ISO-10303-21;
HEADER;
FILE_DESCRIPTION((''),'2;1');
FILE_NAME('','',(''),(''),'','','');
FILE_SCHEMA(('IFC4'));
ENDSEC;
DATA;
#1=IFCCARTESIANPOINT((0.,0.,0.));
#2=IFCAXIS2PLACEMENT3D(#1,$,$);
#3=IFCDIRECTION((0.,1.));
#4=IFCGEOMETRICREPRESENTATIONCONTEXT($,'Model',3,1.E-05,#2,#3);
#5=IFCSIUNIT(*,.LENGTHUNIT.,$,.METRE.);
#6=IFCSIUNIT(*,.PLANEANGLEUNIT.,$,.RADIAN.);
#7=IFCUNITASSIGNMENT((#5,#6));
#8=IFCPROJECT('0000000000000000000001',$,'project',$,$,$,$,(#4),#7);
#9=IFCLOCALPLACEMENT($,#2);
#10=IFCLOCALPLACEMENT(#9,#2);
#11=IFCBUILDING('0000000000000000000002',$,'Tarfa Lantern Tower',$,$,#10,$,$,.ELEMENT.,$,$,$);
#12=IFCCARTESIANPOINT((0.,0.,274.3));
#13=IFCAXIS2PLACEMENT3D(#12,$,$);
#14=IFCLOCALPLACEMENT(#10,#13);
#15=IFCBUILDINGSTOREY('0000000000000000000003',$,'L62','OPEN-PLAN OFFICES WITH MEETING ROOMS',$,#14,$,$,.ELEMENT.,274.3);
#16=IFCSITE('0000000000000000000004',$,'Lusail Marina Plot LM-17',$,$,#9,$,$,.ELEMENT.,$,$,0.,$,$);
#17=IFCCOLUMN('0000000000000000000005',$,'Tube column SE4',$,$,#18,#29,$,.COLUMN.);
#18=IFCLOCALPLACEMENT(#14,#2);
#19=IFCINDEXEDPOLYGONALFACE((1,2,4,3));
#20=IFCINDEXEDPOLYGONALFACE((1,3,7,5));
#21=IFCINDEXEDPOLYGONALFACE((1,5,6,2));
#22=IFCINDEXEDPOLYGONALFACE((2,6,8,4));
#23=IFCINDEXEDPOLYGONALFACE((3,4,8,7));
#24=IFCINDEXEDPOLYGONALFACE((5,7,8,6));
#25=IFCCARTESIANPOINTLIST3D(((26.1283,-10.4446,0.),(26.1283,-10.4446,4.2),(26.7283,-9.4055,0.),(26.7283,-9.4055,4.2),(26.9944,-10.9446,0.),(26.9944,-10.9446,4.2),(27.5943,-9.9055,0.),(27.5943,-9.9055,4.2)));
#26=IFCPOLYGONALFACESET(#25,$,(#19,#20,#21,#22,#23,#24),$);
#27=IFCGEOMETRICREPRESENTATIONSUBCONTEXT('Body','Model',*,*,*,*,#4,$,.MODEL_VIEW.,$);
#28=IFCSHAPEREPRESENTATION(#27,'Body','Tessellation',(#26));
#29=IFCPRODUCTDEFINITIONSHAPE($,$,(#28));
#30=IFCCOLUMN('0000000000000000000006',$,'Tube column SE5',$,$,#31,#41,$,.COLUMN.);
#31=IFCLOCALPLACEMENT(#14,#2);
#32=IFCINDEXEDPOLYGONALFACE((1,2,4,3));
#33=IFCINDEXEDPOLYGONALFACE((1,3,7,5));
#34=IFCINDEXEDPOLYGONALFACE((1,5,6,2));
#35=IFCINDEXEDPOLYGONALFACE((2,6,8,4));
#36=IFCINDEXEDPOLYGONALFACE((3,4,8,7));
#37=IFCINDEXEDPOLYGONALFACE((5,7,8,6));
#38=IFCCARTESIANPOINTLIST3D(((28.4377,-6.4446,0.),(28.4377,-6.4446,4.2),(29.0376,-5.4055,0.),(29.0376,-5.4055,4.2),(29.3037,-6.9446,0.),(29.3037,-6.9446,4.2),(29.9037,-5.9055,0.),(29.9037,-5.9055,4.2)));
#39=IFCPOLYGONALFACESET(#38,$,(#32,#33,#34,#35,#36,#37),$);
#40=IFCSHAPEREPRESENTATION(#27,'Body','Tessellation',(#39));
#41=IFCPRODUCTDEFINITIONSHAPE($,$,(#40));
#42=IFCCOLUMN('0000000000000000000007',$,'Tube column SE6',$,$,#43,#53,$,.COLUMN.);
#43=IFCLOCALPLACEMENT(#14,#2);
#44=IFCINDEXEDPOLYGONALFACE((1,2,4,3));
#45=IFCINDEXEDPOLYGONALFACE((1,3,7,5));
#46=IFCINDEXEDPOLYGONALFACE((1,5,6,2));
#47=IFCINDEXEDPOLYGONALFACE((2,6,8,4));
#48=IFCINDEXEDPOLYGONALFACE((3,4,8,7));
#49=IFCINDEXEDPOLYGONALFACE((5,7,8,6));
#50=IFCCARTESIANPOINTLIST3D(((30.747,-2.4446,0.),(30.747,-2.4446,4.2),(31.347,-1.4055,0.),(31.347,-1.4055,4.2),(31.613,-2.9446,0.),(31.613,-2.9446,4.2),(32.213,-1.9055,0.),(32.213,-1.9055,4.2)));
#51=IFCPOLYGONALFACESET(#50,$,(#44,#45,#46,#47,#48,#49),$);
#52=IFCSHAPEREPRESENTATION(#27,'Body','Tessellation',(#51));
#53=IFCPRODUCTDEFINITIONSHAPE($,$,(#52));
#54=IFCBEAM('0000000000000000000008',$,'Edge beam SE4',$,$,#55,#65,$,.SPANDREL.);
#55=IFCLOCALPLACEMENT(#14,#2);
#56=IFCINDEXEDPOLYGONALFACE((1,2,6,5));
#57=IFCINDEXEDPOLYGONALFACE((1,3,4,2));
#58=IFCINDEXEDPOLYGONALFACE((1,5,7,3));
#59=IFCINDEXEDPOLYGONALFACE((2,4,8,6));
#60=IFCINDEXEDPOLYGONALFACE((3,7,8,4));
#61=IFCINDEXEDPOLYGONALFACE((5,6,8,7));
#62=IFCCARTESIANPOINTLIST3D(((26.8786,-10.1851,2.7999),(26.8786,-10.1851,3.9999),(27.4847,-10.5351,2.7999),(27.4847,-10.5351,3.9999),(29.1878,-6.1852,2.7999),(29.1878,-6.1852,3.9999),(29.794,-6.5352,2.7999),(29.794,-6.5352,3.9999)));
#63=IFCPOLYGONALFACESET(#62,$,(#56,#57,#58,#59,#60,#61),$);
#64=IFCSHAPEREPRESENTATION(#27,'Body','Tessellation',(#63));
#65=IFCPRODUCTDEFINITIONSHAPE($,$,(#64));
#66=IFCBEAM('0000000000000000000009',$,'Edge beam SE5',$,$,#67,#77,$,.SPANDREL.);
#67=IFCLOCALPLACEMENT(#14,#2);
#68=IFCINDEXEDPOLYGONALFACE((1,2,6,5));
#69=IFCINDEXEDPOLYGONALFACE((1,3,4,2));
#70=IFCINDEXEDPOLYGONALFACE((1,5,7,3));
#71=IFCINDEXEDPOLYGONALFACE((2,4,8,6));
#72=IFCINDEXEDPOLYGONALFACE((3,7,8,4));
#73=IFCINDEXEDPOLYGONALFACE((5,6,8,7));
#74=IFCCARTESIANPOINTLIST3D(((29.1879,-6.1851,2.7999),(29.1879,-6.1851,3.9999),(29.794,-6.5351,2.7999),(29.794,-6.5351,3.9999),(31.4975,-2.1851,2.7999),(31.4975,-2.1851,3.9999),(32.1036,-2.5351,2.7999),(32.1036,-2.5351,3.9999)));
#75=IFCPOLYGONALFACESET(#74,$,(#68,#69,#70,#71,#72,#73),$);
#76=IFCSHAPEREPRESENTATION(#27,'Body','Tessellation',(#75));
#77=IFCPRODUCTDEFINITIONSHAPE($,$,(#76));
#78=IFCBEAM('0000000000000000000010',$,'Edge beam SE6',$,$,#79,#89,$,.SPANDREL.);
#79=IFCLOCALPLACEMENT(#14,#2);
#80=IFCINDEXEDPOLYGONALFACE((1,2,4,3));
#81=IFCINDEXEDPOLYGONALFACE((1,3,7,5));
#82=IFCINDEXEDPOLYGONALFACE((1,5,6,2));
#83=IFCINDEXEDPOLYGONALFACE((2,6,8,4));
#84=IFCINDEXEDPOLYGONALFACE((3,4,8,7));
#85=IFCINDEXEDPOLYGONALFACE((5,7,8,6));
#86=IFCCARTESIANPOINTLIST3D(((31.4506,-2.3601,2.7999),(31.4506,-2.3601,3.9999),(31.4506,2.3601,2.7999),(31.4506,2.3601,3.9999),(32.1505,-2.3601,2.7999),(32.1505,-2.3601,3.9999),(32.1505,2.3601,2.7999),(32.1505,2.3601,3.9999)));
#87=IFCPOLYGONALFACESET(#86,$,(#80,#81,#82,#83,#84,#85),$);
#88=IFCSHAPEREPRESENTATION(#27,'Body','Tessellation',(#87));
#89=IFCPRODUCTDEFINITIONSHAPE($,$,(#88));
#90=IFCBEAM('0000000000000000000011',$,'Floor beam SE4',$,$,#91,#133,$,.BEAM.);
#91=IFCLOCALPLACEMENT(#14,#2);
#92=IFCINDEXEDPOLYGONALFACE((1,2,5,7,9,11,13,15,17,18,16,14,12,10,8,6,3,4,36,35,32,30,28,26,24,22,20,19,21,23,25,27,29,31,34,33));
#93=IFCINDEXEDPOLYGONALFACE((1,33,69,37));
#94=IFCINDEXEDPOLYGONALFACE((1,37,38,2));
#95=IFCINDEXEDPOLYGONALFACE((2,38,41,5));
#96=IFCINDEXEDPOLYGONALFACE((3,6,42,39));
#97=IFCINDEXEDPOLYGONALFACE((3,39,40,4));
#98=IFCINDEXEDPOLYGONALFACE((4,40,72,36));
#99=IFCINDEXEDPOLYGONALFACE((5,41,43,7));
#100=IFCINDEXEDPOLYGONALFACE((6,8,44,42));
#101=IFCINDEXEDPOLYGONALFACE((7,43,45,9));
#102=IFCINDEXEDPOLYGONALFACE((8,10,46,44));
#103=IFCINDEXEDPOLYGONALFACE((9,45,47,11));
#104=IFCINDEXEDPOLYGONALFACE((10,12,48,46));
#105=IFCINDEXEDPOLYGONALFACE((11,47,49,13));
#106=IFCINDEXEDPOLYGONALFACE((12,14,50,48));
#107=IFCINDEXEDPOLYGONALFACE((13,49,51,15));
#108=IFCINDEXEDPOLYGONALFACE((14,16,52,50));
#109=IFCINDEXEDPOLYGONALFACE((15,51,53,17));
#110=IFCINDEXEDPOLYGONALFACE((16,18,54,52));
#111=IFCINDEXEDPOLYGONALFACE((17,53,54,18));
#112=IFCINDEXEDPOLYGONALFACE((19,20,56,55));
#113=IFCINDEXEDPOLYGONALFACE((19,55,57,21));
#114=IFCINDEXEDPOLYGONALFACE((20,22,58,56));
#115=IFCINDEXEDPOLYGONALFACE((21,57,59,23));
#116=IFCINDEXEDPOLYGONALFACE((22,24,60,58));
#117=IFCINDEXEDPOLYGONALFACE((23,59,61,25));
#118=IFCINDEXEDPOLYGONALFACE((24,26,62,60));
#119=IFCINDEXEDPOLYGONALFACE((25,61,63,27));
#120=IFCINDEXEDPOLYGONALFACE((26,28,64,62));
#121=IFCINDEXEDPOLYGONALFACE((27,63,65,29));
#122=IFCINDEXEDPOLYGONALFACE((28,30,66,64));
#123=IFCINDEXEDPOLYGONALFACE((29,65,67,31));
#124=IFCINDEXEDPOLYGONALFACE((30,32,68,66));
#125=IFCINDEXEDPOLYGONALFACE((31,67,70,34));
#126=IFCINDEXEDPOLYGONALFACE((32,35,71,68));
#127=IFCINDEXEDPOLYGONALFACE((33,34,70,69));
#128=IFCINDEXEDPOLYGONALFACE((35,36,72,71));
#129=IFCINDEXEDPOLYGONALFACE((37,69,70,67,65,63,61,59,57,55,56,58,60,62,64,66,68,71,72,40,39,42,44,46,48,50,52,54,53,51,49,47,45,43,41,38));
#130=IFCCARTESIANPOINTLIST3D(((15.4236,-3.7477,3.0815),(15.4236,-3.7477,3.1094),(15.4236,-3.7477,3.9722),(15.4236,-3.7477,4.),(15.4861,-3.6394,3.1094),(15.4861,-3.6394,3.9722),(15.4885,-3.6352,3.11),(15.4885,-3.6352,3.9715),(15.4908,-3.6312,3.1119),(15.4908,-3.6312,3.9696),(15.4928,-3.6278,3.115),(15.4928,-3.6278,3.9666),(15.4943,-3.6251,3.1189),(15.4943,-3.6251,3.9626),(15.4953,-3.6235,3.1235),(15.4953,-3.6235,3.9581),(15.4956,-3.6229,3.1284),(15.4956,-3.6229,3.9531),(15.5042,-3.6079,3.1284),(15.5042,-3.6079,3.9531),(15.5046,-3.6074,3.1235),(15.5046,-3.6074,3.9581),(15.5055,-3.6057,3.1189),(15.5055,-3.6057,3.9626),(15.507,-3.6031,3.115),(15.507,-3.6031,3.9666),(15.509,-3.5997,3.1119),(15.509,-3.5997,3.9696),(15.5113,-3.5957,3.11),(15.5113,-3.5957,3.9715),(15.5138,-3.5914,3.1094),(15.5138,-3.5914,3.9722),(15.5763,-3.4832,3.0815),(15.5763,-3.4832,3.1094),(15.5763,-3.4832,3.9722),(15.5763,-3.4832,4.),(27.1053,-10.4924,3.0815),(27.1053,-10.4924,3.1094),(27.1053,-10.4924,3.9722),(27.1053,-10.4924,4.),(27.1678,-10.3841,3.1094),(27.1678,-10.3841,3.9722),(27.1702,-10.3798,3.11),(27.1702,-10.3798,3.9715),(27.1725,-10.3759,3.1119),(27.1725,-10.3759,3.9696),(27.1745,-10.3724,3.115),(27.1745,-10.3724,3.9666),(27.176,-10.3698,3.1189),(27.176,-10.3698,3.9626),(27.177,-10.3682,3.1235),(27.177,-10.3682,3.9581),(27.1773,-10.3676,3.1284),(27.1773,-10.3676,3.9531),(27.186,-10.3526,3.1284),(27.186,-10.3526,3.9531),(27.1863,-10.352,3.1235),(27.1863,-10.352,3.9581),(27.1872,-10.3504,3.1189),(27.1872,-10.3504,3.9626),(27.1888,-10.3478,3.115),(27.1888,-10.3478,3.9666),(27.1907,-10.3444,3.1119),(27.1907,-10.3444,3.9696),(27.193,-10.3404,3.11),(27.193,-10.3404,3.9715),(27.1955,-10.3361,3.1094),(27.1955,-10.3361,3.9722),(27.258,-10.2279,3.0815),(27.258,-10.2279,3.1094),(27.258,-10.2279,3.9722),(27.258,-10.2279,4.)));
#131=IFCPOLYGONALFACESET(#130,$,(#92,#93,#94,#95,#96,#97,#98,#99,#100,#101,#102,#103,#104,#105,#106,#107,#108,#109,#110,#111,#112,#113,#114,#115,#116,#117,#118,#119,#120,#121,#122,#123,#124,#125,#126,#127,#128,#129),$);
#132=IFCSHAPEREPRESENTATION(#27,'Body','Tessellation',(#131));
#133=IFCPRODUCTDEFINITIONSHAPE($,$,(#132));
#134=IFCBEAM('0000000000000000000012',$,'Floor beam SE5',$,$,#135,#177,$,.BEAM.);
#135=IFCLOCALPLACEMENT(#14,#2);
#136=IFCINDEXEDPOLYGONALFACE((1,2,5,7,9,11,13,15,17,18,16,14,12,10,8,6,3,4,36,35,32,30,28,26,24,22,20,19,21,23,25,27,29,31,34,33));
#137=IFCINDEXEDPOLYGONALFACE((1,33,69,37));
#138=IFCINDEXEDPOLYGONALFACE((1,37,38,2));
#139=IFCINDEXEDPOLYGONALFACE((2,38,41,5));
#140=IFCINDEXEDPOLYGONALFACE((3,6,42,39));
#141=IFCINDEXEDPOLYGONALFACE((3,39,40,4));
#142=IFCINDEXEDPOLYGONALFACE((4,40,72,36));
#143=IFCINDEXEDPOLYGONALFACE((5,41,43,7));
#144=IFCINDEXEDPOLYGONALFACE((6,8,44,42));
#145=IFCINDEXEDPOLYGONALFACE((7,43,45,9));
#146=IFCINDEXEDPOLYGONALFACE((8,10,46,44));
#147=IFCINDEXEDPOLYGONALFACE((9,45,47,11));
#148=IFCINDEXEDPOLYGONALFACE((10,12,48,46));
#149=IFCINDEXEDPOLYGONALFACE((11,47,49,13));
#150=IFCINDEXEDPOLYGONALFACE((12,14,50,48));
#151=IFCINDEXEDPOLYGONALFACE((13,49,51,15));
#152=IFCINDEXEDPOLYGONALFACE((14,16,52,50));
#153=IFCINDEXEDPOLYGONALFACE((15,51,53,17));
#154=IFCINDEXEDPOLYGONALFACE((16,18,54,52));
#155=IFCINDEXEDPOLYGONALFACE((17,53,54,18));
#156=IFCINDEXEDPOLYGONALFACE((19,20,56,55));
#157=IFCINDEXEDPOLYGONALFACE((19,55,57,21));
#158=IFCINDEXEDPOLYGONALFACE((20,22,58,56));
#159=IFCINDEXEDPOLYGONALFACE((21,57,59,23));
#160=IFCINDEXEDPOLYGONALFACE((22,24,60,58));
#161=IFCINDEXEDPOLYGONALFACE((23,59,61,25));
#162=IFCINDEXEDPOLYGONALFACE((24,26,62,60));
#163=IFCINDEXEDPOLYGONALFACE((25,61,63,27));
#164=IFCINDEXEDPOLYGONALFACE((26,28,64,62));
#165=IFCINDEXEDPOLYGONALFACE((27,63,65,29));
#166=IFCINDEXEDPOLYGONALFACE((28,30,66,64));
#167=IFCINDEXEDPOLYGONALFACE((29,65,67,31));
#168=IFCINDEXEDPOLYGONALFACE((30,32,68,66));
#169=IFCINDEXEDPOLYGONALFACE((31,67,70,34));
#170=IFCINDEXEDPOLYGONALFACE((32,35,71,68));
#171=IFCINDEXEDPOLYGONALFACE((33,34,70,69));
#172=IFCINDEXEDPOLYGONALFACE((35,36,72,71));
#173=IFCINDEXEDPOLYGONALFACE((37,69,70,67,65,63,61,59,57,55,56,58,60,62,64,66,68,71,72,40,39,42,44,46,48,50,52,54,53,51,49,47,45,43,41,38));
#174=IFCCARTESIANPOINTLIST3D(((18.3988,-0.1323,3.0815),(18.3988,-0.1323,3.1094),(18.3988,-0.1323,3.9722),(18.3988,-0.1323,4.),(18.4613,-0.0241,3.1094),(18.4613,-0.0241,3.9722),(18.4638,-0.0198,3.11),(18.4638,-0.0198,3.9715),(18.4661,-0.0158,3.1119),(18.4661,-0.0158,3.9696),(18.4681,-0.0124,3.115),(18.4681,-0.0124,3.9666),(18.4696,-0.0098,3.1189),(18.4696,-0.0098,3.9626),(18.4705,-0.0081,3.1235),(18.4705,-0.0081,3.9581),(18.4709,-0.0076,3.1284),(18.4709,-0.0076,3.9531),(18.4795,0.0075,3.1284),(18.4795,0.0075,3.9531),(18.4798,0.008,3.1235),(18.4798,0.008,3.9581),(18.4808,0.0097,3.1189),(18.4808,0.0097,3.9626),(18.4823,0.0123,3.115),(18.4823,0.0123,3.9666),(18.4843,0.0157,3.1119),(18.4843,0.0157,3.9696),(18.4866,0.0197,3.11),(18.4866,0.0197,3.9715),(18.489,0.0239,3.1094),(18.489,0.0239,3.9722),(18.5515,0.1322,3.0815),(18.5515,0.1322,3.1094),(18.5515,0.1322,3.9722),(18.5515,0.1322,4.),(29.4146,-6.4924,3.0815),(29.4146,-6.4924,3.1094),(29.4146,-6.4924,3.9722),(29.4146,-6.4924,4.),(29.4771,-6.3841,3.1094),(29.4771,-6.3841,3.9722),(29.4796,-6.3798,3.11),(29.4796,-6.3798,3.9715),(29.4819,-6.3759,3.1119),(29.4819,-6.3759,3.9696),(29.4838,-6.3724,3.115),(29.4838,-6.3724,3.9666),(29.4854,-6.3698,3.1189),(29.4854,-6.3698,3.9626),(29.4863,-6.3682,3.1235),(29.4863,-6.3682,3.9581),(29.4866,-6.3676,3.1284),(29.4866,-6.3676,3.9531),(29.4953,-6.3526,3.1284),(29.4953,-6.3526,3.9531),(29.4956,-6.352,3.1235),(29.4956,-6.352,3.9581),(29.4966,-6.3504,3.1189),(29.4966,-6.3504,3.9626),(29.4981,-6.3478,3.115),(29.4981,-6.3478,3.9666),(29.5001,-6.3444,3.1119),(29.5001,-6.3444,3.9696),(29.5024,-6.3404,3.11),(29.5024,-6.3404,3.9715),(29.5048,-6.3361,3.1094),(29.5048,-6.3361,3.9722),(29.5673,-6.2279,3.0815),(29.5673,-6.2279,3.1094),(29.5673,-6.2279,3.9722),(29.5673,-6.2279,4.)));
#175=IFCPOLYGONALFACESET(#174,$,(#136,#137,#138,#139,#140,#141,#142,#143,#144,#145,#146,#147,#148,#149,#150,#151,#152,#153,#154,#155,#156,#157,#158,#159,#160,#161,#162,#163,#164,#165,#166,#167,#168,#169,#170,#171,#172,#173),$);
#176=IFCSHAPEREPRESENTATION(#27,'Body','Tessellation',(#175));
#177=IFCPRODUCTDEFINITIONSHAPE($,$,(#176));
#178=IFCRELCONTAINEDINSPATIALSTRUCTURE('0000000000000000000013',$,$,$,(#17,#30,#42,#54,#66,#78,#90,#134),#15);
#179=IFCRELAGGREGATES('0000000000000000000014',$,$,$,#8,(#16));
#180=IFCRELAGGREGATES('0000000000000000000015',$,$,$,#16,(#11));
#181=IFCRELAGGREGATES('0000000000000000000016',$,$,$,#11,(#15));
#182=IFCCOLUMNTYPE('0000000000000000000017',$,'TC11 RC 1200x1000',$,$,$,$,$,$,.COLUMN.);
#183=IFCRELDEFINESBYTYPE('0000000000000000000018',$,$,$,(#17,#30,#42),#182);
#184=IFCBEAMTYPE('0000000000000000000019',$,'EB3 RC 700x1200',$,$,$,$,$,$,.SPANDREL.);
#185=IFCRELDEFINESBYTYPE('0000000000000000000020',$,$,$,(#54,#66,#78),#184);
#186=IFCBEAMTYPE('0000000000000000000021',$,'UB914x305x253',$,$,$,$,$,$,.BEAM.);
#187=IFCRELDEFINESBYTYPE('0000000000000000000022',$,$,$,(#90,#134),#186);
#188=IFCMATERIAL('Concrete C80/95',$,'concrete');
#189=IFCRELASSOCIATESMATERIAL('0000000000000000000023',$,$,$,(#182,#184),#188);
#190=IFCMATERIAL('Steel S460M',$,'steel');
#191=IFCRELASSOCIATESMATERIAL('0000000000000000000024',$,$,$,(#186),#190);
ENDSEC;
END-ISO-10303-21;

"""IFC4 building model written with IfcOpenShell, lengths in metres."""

from ifc_helpers import new_model, si_unit, direction, frame, origin, origin_2d, place, context, subcontext, project, spatial, rectangle, i_section, extrude, material, material_profile, profile_set, type_object, element, save


model = new_model("IFC4")

# Units and contexts
model_context = context("Model", 3, precision=1e-05, world=origin(), true_north=direction((0.0, 1.0)))
body_context = subcontext(model_context, "Body", "Model", "MODEL_VIEW")
ifc_project = project(units=[si_unit("LENGTHUNIT", "METRE"), si_unit("PLANEANGLEUNIT", "RADIAN")], contexts=[model_context])

# Site, building, storey
site_placement = place(None, origin())
site = spatial("IfcSite", under=ifc_project, at=site_placement, Name="Lusail Marina Plot LM-17", CompositionType="ELEMENT", RefElevation=0.0)
building_placement = place(site_placement, origin())
building = spatial("IfcBuilding", under=site, at=building_placement, Name="Tarfa Lantern Tower", CompositionType="ELEMENT")
storey_placement = place(building_placement, frame((0.0, 0.0, 274.3)))
storey = spatial("IfcBuildingStorey", under=building, at=storey_placement, Name="L62", Description="OPEN-PLAN OFFICES WITH MEETING ROOMS", CompositionType="ELEMENT", Elevation=274.3)

# Columns
ifc_material_1 = material(Name="Concrete C80/95", Category="concrete")
ifc_material_profile_1 = material_profile(ifc_material_1, rectangle(XDim=1.2, YDim=1.0, at=origin_2d()), Name="RC 1200x1000")
ifc_profile_set_1 = profile_set([ifc_material_profile_1], Name="Concrete C80/95")
column_type = type_object("IfcColumnType", Name="TC11 RC 1200x1000", PredefinedType="COLUMN", material=ifc_profile_set_1)
for number, where, z_axis, x_axis, name in (
    (1, (26.8613, -10.175, 0.0), (0.0, 0.0, 1.0), (0.5, 0.866025, 0.0), "Tube column SE4"),
    (2, (29.1707, -6.175, 0.0), (0.0, 0.0, 1.0), (0.5, 0.866025, 0.0), "Tube column SE5"),
    (3, (31.48, -2.175, 0.0), (0.0, 0.0, 1.0), (0.5, 0.866025, 0.0), "Tube column SE6"),
):
    element("IfcColumn", number, at=place(storey_placement, frame(where, z_axis=z_axis, x_axis=x_axis)), inside=storey, type_object=column_type, Name=name, PredefinedType="COLUMN", context=body_context, shape_type="SweptSolid", body=[
        extrude(rectangle(XDim=1.2, YDim=1.0, at=origin_2d()), origin(), (0.0, 0.0, 1.0), 4.2),
    ])

# Beams
ifc_material_profile_2 = material_profile(ifc_material_1, rectangle(XDim=0.7, YDim=1.2, at=origin_2d()), Name="RC 700x1200")
ifc_profile_set_2 = profile_set([ifc_material_profile_2], Name="Concrete C80/95")
beam_type_1 = type_object("IfcBeamType", Name="EB3 RC 700x1200", PredefinedType="SPANDREL", material=ifc_profile_set_2)
beam_1_placement = place(storey_placement, frame((27.1816, -10.3601, 3.3999), z_axis=(0.499988, 0.866032, 0.0), x_axis=(-0.866032, 0.499988, 0.0)))
element("IfcBeam", 4, at=beam_1_placement, inside=storey, type_object=beam_type_1, Name="Edge beam SE4", PredefinedType="SPANDREL", context=body_context, shape_type="SweptSolid", body=[
    extrude(rectangle(XDim=0.7, YDim=1.2, at=origin_2d()), origin(), (0.0, 0.0, 1.0), 4.6187),
])
beam_2_placement = place(storey_placement, frame((29.491, -6.3601, 3.3999), z_axis=(0.500027, 0.86601, 0.0), x_axis=(-0.86601, 0.500027, 0.0)))
element("IfcBeam", 5, at=beam_2_placement, inside=storey, type_object=beam_type_1, Name="Edge beam SE5", PredefinedType="SPANDREL", context=body_context, shape_type="SweptSolid", body=[
    extrude(rectangle(XDim=0.7, YDim=1.2, at=origin_2d()), origin(), (0.0, 0.0, 1.0), 4.6189),
])
beam_3_placement = place(storey_placement, frame((31.8005, -2.3601, 3.3999), z_axis=(0.0, 1.0, 0.0), x_axis=(-1.0, 0.0, 0.0)))
element("IfcBeam", 6, at=beam_3_placement, inside=storey, type_object=beam_type_1, Name="Edge beam SE6", PredefinedType="SPANDREL", context=body_context, shape_type="SweptSolid", body=[
    extrude(rectangle(XDim=0.7, YDim=1.2, at=origin_2d()), origin(), (0.0, 0.0, 1.0), 4.7202),
])
ifc_material_2 = material(Name="Steel S460M", Category="steel")
ifc_material_profile_3 = material_profile(ifc_material_2, i_section(OverallWidth=0.3054, OverallDepth=0.9185, WebThickness=0.0173, FlangeThickness=0.0278, FilletRadius=0.019, at=origin_2d()), Name="UB914x305x253")
ifc_profile_set_3 = profile_set([ifc_material_profile_3], Name="Steel S460M")
beam_type_2 = type_object("IfcBeamType", Name="UB914x305x253", PredefinedType="BEAM", material=ifc_profile_set_3)
beam_4_placement = place(storey_placement, frame((27.1816, -10.3601, 3.5408), z_axis=(-0.866018, 0.500013, 0.0), x_axis=(-0.500013, -0.866018, 0.0)))
element("IfcBeam", 7, at=beam_4_placement, inside=storey, type_object=beam_type_2, Name="Floor beam SE4", PredefinedType="BEAM", context=body_context, shape_type="SweptSolid", body=[
    extrude(i_section(OverallWidth=0.3054, OverallDepth=0.9185, WebThickness=0.0173, FlangeThickness=0.0278, FilletRadius=0.019, at=origin_2d()), origin(), (0.0, 0.0, 1.0), 13.489),
])
beam_5_placement = place(storey_placement, frame((29.491, -6.3601, 3.5408), z_axis=(-0.866022, 0.500005, 0.0), x_axis=(-0.500005, -0.866022, 0.0)))
element("IfcBeam", 8, at=beam_5_placement, inside=storey, type_object=beam_type_2, Name="Floor beam SE5", PredefinedType="BEAM", context=body_context, shape_type="SweptSolid", body=[
    extrude(i_section(OverallWidth=0.3054, OverallDepth=0.9185, WebThickness=0.0173, FlangeThickness=0.0278, FilletRadius=0.019, at=origin_2d()), origin(), (0.0, 0.0, 1.0), 12.72),
])

save(model, "model.ifc")
